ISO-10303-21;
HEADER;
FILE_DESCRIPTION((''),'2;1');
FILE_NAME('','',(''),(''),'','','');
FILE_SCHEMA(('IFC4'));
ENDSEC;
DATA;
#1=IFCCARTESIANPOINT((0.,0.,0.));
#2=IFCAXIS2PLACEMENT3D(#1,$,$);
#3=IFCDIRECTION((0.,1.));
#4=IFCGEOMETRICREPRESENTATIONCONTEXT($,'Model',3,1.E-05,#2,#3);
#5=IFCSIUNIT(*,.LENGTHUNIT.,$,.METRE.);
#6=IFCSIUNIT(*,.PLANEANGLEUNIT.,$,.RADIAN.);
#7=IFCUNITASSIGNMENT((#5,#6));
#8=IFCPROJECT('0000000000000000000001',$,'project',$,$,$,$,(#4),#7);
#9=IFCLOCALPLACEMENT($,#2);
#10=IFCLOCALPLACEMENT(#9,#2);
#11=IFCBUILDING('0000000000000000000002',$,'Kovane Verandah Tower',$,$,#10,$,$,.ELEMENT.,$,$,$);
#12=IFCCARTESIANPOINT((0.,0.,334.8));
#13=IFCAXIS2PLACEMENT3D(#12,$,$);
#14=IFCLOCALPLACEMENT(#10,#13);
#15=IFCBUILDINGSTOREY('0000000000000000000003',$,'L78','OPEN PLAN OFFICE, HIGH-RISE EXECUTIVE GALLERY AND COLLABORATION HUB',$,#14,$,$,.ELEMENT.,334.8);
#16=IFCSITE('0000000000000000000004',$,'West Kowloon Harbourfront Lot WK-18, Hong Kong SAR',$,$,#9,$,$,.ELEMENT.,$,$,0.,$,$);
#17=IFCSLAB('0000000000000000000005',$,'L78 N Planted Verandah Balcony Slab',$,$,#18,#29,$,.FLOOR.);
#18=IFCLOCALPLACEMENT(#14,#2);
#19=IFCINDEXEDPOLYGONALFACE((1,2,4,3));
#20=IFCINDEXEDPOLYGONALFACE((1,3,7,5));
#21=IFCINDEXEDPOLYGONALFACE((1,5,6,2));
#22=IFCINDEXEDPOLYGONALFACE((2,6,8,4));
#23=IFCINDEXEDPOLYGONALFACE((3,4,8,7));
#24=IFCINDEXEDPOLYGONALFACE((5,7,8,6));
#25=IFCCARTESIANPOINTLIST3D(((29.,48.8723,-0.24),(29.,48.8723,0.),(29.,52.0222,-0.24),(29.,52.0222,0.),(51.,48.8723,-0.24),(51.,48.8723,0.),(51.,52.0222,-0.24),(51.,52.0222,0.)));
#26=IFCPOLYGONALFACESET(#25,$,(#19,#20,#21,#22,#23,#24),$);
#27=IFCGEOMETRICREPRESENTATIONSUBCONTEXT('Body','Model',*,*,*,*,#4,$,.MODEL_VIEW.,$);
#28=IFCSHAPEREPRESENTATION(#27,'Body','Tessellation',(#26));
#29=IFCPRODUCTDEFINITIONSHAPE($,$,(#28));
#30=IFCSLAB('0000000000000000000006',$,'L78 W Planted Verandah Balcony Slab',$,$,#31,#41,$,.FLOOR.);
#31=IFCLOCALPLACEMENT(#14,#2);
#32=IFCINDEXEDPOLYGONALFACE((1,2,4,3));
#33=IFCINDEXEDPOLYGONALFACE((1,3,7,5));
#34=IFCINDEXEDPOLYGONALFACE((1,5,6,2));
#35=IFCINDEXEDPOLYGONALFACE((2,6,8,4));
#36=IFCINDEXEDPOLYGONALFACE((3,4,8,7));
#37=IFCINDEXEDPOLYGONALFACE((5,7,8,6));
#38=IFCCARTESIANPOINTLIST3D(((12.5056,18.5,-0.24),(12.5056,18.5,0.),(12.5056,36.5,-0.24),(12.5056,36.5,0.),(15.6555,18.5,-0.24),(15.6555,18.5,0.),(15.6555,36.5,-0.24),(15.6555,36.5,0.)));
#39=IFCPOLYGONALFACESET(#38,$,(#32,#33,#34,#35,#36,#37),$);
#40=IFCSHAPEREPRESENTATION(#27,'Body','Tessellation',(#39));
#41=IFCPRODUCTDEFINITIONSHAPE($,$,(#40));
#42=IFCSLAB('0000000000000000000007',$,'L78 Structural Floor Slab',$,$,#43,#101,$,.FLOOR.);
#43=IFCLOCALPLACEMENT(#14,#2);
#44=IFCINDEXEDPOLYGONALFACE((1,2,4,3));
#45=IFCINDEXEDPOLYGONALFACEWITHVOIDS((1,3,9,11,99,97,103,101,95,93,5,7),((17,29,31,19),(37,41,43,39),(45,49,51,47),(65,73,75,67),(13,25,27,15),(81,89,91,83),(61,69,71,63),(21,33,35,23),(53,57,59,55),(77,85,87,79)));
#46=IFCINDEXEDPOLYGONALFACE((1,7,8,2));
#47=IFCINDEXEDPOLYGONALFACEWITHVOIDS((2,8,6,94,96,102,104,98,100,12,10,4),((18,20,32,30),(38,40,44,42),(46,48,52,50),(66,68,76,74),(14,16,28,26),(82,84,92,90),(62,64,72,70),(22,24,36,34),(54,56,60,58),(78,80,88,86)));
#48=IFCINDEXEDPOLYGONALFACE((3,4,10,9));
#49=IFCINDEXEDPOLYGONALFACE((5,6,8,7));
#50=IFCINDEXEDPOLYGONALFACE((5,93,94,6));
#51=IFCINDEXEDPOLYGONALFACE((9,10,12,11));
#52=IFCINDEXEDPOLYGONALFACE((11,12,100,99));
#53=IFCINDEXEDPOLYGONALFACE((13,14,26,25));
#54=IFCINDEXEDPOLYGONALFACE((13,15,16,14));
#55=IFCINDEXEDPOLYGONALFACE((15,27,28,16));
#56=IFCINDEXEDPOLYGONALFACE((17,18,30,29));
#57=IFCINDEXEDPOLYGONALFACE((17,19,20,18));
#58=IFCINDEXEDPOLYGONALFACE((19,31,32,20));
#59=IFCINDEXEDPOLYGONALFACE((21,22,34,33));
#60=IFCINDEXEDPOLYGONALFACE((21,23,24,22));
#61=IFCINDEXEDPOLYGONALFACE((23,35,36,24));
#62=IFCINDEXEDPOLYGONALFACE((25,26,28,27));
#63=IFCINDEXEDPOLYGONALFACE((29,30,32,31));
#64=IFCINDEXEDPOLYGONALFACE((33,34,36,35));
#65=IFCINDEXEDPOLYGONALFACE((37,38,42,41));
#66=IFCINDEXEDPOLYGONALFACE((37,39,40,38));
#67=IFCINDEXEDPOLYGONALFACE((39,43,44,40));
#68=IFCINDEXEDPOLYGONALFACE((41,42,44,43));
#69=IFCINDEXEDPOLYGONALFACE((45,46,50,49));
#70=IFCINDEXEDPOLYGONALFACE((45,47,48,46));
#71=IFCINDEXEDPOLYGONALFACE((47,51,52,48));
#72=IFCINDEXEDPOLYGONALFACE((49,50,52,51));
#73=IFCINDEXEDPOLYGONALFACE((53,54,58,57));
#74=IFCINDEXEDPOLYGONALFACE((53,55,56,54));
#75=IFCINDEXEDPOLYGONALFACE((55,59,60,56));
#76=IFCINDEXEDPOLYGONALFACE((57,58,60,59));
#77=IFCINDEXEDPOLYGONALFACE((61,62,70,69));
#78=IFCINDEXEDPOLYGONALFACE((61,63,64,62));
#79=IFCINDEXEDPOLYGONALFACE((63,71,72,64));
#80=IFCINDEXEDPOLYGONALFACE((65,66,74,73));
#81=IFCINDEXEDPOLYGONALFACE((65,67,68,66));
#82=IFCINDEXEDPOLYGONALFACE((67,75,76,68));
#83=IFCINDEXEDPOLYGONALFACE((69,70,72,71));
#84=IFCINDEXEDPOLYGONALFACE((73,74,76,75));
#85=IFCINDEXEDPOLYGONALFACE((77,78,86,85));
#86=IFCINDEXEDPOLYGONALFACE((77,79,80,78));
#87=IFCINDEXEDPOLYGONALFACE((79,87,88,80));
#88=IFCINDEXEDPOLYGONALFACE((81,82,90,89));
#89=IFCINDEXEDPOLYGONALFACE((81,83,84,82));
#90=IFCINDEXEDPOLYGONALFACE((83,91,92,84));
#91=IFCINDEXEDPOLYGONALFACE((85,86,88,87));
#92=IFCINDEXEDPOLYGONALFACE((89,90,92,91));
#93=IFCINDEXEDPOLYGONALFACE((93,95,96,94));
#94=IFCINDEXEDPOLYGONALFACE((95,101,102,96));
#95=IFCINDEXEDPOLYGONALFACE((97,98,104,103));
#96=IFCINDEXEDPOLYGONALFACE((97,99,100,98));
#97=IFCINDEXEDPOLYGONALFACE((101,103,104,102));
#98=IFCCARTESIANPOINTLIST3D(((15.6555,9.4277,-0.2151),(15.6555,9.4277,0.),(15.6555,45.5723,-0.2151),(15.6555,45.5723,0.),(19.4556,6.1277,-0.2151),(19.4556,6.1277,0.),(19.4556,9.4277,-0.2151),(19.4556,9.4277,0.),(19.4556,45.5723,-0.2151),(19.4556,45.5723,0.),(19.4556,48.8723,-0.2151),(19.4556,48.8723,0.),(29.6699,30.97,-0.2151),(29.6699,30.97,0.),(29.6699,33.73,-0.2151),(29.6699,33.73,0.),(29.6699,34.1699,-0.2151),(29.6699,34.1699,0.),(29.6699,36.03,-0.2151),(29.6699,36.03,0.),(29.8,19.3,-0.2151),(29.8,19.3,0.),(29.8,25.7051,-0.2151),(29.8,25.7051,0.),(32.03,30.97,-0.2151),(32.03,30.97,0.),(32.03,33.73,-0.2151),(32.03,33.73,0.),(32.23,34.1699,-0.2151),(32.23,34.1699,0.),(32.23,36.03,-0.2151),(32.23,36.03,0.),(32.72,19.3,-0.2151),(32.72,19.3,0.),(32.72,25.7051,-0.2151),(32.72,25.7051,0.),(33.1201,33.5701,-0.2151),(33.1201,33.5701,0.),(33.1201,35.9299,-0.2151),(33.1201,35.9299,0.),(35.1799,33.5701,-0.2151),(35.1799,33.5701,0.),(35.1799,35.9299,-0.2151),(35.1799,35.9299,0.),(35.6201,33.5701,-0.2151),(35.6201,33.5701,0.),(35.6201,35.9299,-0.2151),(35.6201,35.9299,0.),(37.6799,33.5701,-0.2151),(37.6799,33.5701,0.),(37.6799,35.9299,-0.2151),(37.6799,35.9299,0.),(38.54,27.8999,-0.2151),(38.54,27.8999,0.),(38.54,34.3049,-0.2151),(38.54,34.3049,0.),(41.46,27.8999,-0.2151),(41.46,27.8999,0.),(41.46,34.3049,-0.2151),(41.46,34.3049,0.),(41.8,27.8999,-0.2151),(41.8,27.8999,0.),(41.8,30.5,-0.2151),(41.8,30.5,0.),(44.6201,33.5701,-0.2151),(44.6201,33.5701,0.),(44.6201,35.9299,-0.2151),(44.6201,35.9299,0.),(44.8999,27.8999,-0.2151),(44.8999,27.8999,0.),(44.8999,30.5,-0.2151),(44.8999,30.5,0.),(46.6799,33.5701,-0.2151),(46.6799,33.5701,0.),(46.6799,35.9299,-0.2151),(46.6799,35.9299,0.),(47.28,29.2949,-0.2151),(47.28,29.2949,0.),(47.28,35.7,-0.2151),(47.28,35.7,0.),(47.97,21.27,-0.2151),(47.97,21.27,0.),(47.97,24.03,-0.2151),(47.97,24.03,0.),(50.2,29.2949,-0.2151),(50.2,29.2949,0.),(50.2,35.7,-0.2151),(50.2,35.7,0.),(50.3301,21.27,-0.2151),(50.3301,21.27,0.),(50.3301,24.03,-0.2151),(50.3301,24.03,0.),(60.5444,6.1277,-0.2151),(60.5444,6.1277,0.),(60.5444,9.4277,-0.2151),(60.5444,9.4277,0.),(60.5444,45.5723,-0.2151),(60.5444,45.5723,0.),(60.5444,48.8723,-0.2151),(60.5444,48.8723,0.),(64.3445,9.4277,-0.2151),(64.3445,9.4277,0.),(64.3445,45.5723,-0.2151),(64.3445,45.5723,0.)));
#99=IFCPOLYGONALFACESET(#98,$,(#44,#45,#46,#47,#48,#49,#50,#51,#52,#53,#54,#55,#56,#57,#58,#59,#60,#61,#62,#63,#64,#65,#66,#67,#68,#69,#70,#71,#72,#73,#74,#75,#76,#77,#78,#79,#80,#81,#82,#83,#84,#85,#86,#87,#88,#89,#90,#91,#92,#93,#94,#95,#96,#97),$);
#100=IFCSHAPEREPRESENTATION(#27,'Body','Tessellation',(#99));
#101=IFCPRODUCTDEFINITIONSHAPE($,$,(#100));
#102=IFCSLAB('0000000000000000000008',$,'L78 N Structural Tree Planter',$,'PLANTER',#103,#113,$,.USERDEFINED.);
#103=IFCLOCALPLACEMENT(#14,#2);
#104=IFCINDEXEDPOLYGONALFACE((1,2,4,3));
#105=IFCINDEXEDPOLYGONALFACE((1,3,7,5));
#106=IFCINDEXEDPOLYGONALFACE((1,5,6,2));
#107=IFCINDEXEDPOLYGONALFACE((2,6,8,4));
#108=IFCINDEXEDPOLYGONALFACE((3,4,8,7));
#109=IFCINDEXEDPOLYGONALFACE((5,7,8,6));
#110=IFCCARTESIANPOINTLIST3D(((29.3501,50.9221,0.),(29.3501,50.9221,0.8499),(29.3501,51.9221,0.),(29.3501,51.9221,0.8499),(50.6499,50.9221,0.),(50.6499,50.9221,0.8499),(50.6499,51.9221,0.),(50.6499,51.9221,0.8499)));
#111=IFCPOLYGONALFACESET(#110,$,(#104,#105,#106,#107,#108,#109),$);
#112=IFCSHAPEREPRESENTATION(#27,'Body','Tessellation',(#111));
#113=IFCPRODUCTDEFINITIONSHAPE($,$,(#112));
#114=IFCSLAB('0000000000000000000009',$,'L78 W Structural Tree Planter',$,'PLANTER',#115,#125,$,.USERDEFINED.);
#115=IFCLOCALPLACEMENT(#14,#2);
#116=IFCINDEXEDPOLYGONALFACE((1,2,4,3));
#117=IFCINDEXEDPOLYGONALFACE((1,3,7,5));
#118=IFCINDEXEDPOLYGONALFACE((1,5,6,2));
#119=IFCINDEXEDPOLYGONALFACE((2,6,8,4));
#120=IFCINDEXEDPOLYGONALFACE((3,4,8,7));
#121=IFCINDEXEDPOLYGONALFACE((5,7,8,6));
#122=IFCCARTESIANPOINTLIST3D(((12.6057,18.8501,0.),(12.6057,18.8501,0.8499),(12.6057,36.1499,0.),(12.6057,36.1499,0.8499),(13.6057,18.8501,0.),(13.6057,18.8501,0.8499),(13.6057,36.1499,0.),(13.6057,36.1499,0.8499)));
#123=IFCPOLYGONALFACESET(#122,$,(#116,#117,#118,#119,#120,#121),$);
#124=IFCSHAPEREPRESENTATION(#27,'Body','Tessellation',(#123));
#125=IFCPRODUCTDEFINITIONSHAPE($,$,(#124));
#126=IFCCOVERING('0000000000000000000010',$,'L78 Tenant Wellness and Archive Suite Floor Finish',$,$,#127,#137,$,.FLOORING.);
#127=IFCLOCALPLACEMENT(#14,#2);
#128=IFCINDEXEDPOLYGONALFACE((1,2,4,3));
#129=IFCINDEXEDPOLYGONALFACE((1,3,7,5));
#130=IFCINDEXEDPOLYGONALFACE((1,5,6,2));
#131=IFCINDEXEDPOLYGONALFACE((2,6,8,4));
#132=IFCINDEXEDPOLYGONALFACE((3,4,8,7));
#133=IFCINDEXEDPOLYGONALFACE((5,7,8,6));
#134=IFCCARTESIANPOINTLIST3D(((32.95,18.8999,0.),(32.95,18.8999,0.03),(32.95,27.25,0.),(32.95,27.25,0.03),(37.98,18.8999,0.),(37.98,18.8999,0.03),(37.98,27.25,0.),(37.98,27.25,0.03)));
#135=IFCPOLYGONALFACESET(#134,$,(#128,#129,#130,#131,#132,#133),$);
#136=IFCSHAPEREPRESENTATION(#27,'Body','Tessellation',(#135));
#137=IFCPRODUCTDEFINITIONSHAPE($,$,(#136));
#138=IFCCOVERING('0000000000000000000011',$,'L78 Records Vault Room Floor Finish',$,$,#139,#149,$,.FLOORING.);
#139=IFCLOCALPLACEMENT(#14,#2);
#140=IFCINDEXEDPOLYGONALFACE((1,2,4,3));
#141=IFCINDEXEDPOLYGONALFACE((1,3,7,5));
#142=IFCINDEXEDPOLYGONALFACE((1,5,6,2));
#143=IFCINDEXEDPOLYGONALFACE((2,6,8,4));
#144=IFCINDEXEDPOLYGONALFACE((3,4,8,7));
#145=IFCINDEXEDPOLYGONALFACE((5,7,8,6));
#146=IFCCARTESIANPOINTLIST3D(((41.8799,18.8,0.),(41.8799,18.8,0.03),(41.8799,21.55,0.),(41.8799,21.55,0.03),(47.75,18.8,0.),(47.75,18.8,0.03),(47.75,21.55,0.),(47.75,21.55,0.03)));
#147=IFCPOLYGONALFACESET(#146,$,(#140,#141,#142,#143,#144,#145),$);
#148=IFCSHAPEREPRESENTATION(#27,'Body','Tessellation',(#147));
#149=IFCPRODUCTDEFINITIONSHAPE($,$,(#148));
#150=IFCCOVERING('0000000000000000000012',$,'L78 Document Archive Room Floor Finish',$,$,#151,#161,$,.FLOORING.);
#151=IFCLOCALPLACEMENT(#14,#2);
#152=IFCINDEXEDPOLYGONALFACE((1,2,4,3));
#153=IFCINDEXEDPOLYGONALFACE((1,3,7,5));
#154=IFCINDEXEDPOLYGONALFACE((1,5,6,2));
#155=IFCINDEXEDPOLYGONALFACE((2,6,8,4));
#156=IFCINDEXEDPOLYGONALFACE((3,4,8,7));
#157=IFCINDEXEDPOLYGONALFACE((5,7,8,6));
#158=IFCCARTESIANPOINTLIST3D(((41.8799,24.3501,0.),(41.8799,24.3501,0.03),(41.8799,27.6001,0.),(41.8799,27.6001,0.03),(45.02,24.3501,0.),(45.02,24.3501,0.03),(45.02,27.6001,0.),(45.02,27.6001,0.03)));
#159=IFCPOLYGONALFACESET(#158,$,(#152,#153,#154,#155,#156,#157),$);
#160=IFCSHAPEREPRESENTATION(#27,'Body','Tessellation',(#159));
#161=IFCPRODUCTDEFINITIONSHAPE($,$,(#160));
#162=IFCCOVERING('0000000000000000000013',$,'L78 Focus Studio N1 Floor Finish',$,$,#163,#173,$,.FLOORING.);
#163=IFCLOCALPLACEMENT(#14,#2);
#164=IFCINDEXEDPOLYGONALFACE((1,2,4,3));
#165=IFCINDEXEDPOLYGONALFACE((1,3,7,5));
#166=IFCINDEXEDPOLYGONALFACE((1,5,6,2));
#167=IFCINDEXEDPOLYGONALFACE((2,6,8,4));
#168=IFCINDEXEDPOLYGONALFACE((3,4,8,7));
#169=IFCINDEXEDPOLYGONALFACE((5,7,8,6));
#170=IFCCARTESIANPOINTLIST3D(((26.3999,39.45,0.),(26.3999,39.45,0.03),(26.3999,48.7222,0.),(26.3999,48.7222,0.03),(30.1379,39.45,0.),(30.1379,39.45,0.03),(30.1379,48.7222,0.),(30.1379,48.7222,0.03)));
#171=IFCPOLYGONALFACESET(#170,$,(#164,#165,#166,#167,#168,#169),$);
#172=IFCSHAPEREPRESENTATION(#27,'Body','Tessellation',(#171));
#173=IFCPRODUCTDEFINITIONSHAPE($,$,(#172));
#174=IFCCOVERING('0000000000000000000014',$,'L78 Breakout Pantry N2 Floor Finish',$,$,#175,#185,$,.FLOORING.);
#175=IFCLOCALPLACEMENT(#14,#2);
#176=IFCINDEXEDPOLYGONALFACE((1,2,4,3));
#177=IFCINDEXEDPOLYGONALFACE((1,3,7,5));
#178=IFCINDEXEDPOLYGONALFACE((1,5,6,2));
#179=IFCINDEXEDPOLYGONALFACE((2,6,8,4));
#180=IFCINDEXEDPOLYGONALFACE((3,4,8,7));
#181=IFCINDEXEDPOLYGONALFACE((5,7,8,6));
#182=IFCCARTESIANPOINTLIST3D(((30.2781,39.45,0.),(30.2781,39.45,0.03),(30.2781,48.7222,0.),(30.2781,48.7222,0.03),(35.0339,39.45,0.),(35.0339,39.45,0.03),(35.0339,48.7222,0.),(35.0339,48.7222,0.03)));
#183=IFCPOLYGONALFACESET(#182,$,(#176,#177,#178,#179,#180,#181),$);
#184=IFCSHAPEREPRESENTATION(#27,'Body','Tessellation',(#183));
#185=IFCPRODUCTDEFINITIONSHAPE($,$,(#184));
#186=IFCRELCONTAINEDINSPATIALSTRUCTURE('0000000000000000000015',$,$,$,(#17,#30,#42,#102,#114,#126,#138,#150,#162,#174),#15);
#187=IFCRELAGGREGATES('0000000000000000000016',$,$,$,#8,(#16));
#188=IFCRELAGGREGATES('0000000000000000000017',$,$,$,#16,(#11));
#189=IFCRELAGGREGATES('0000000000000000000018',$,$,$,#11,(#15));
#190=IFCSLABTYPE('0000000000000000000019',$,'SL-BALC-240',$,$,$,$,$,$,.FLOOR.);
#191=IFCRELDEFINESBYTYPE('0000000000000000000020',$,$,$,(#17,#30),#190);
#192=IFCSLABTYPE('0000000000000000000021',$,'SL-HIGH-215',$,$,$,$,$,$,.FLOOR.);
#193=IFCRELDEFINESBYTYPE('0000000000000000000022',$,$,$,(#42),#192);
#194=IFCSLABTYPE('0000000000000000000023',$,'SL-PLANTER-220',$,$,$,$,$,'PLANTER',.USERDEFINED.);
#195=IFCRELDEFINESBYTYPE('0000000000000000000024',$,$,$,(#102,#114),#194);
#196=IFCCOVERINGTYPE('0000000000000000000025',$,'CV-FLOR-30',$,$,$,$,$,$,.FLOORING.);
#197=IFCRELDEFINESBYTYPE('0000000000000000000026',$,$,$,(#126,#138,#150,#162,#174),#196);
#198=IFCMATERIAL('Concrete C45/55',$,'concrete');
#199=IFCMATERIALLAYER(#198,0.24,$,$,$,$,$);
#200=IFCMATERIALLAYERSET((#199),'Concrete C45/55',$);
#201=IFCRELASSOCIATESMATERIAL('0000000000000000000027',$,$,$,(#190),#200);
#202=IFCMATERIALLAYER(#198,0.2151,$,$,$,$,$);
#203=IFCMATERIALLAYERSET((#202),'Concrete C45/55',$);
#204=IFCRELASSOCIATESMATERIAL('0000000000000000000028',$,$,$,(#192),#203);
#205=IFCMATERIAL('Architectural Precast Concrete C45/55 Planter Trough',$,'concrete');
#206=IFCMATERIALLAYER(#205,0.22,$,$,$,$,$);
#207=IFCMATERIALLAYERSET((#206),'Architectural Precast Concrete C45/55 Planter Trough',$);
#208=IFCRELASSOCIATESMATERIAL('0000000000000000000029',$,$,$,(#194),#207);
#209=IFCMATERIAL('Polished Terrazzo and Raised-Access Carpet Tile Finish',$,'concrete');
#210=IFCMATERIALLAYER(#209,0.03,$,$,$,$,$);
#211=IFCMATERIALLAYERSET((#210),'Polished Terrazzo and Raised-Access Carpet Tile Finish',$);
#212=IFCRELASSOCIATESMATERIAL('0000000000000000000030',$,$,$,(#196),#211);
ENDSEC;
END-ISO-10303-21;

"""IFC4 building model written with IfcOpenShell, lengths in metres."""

from ifc_helpers import new_model, si_unit, direction, frame, origin, place, context, subcontext, project, spatial, polyline, outline, extrude, material, layer, layer_set, type_object, element, save


model = new_model("IFC4")

# Units and contexts
model_context = context("Model", 3, precision=1e-05, world=origin(), true_north=direction((0.0, 1.0)))
body_context = subcontext(model_context, "Body", "Model", "MODEL_VIEW")
ifc_project = project(units=[si_unit("LENGTHUNIT", "METRE"), si_unit("PLANEANGLEUNIT", "RADIAN")], contexts=[model_context])

# Site, building, storey
site_placement = place(None, origin())
site = spatial("IfcSite", under=ifc_project, at=site_placement, Name="West Kowloon Harbourfront Lot WK-18, Hong Kong SAR", CompositionType="ELEMENT", RefElevation=0.0)
building_placement = place(site_placement, origin())
building = spatial("IfcBuilding", under=site, at=building_placement, Name="Kovane Verandah Tower", CompositionType="ELEMENT")
storey_placement = place(building_placement, frame((0.0, 0.0, 334.8)))
storey = spatial("IfcBuildingStorey", under=building, at=storey_placement, Name="L78", Description="OPEN PLAN OFFICE, HIGH-RISE EXECUTIVE GALLERY AND COLLABORATION HUB", CompositionType="ELEMENT", Elevation=334.8)

# Slabs
ifc_material_1 = material(Name="Concrete C45/55", Category="concrete")
ifc_layer_1 = layer(ifc_material_1, 0.24)
ifc_layer_set_1 = layer_set([ifc_layer_1], Name="Concrete C45/55")
slab_type_1 = type_object("IfcSlabType", Name="SL-BALC-240", PredefinedType="FLOOR", material=ifc_layer_set_1)
slab_1_placement = place(storey_placement, frame((0.0, 0.0, -0.24)))
element("IfcSlab", 1, at=slab_1_placement, inside=storey, type_object=slab_type_1, Name="L78 N Planted Verandah Balcony Slab", PredefinedType="FLOOR", context=body_context, shape_type="SweptSolid", body=[
    extrude(outline(polyline([(29.0, 48.8723), (51.0, 48.8723), (51.0, 52.0222), (29.0, 52.0222), (29.0, 48.8723)])), origin(), (0.0, 0.0, 1.0), 0.24),
])
slab_2_placement = place(storey_placement, frame((0.0, 0.0, -0.24)))
element("IfcSlab", 2, at=slab_2_placement, inside=storey, type_object=slab_type_1, Name="L78 W Planted Verandah Balcony Slab", PredefinedType="FLOOR", context=body_context, shape_type="SweptSolid", body=[
    extrude(outline(polyline([(12.5056, 18.5), (15.6555, 18.5), (15.6555, 36.5), (12.5056, 36.5), (12.5056, 18.5)])), origin(), (0.0, 0.0, 1.0), 0.24),
])
ifc_layer_2 = layer(ifc_material_1, 0.2151)
ifc_layer_set_2 = layer_set([ifc_layer_2], Name="Concrete C45/55")
slab_type_2 = type_object("IfcSlabType", Name="SL-HIGH-215", PredefinedType="FLOOR", material=ifc_layer_set_2)
slab_3_placement = place(storey_placement, frame((0.0, 0.0, -0.2151)))
element("IfcSlab", 3, at=slab_3_placement, inside=storey, type_object=slab_type_2, Name="L78 Structural Floor Slab", PredefinedType="FLOOR", context=body_context, shape_type="SweptSolid", body=[
    extrude(outline(polyline([(19.4556, 6.1277), (60.5444, 6.1277), (60.5444, 9.4277), (64.3445, 9.4277), (64.3445, 45.5723), (60.5444, 45.5723), (60.5444, 48.8723), (19.4556, 48.8723), (19.4556, 45.5723), (15.6555, 45.5723), (15.6555, 9.4277), (19.4556, 9.4277), (19.4556, 6.1277)]), holes=[polyline([(29.8, 19.3), (32.72, 19.3), (32.72, 25.7051), (29.8, 25.7051), (29.8, 19.3)]), polyline([(47.28, 29.2949), (50.2, 29.2949), (50.2, 35.7), (47.28, 35.7), (47.28, 29.2949)]), polyline([(38.54, 27.8999), (41.46, 27.8999), (41.46, 34.3049), (38.54, 34.3049), (38.54, 27.8999)]), polyline([(29.6699, 30.97), (32.03, 30.97), (32.03, 33.73), (29.6699, 33.73), (29.6699, 30.97)]), polyline([(47.97, 21.27), (50.3301, 21.27), (50.3301, 24.03), (47.97, 24.03), (47.97, 21.27)]), polyline([(29.6699, 34.1699), (32.23, 34.1699), (32.23, 36.03), (29.6699, 36.03), (29.6699, 34.1699)]), polyline([(33.1201, 33.5701), (35.1799, 33.5701), (35.1799, 35.9299), (33.1201, 35.9299), (33.1201, 33.5701)]), polyline([(35.6201, 33.5701), (37.6799, 33.5701), (37.6799, 35.9299), (35.6201, 35.9299), (35.6201, 33.5701)]), polyline([(44.6201, 33.5701), (46.6799, 33.5701), (46.6799, 35.9299), (44.6201, 35.9299), (44.6201, 33.5701)]), polyline([(41.8, 27.8999), (44.8999, 27.8999), (44.8999, 30.5), (41.8, 30.5), (41.8, 27.8999)])]), origin(), (0.0, 0.0, 1.0), 0.2151),
])
ifc_material_2 = material(Name="Architectural Precast Concrete C45/55 Planter Trough", Category="concrete")
ifc_layer_3 = layer(ifc_material_2, 0.22)
ifc_layer_set_3 = layer_set([ifc_layer_3], Name="Architectural Precast Concrete C45/55 Planter Trough")
slab_type_3 = type_object("IfcSlabType", Name="SL-PLANTER-220", ElementType="PLANTER", PredefinedType="USERDEFINED", material=ifc_layer_set_3)
slab_4_placement = place(storey_placement, origin())
element("IfcSlab", 4, at=slab_4_placement, inside=storey, type_object=slab_type_3, Name="L78 N Structural Tree Planter", ObjectType="PLANTER", PredefinedType="USERDEFINED", context=body_context, shape_type="SweptSolid", body=[
    extrude(outline(polyline([(29.3501, 50.9221), (50.6499, 50.9221), (50.6499, 51.9221), (29.3501, 51.9221), (29.3501, 50.9221)])), origin(), (0.0, 0.0, 1.0), 0.8499),
])
slab_5_placement = place(storey_placement, origin())
element("IfcSlab", 5, at=slab_5_placement, inside=storey, type_object=slab_type_3, Name="L78 W Structural Tree Planter", ObjectType="PLANTER", PredefinedType="USERDEFINED", context=body_context, shape_type="SweptSolid", body=[
    extrude(outline(polyline([(12.6057, 18.8501), (13.6057, 18.8501), (13.6057, 36.1499), (12.6057, 36.1499), (12.6057, 18.8501)])), origin(), (0.0, 0.0, 1.0), 0.8499),
])

# Coverings
ifc_material_3 = material(Name="Polished Terrazzo and Raised-Access Carpet Tile Finish", Category="concrete")
ifc_layer_4 = layer(ifc_material_3, 0.03)
ifc_layer_set_4 = layer_set([ifc_layer_4], Name="Polished Terrazzo and Raised-Access Carpet Tile Finish")
covering_type = type_object("IfcCoveringType", Name="CV-FLOR-30", PredefinedType="FLOORING", material=ifc_layer_set_4)
covering_1_placement = place(storey_placement, origin())
element("IfcCovering", 6, at=covering_1_placement, inside=storey, type_object=covering_type, Name="L78 Tenant Wellness and Archive Suite Floor Finish", PredefinedType="FLOORING", context=body_context, shape_type="SweptSolid", body=[
    extrude(outline(polyline([(32.95, 18.8999), (37.98, 18.8999), (37.98, 27.25), (32.95, 27.25), (32.95, 18.8999)])), origin(), (0.0, 0.0, 1.0), 0.03),
])
covering_2_placement = place(storey_placement, origin())
element("IfcCovering", 7, at=covering_2_placement, inside=storey, type_object=covering_type, Name="L78 Records Vault Room Floor Finish", PredefinedType="FLOORING", context=body_context, shape_type="SweptSolid", body=[
    extrude(outline(polyline([(41.8799, 18.8), (47.75, 18.8), (47.75, 21.55), (41.8799, 21.55), (41.8799, 18.8)])), origin(), (0.0, 0.0, 1.0), 0.03),
])
covering_3_placement = place(storey_placement, origin())
element("IfcCovering", 8, at=covering_3_placement, inside=storey, type_object=covering_type, Name="L78 Document Archive Room Floor Finish", PredefinedType="FLOORING", context=body_context, shape_type="SweptSolid", body=[
    extrude(outline(polyline([(41.8799, 24.3501), (45.02, 24.3501), (45.02, 27.6001), (41.8799, 27.6001), (41.8799, 24.3501)])), origin(), (0.0, 0.0, 1.0), 0.03),
])
covering_4_placement = place(storey_placement, origin())
element("IfcCovering", 9, at=covering_4_placement, inside=storey, type_object=covering_type, Name="L78 Focus Studio N1 Floor Finish", PredefinedType="FLOORING", context=body_context, shape_type="SweptSolid", body=[
    extrude(outline(polyline([(26.3999, 39.45), (30.1379, 39.45), (30.1379, 48.7222), (26.3999, 48.7222), (26.3999, 39.45)])), origin(), (0.0, 0.0, 1.0), 0.03),
])
covering_5_placement = place(storey_placement, origin())
element("IfcCovering", 10, at=covering_5_placement, inside=storey, type_object=covering_type, Name="L78 Breakout Pantry N2 Floor Finish", PredefinedType="FLOORING", context=body_context, shape_type="SweptSolid", body=[
    extrude(outline(polyline([(30.2781, 39.45), (35.0339, 39.45), (35.0339, 48.7222), (30.2781, 48.7222), (30.2781, 39.45)])), origin(), (0.0, 0.0, 1.0), 0.03),
])

save(model, "model.ifc")
